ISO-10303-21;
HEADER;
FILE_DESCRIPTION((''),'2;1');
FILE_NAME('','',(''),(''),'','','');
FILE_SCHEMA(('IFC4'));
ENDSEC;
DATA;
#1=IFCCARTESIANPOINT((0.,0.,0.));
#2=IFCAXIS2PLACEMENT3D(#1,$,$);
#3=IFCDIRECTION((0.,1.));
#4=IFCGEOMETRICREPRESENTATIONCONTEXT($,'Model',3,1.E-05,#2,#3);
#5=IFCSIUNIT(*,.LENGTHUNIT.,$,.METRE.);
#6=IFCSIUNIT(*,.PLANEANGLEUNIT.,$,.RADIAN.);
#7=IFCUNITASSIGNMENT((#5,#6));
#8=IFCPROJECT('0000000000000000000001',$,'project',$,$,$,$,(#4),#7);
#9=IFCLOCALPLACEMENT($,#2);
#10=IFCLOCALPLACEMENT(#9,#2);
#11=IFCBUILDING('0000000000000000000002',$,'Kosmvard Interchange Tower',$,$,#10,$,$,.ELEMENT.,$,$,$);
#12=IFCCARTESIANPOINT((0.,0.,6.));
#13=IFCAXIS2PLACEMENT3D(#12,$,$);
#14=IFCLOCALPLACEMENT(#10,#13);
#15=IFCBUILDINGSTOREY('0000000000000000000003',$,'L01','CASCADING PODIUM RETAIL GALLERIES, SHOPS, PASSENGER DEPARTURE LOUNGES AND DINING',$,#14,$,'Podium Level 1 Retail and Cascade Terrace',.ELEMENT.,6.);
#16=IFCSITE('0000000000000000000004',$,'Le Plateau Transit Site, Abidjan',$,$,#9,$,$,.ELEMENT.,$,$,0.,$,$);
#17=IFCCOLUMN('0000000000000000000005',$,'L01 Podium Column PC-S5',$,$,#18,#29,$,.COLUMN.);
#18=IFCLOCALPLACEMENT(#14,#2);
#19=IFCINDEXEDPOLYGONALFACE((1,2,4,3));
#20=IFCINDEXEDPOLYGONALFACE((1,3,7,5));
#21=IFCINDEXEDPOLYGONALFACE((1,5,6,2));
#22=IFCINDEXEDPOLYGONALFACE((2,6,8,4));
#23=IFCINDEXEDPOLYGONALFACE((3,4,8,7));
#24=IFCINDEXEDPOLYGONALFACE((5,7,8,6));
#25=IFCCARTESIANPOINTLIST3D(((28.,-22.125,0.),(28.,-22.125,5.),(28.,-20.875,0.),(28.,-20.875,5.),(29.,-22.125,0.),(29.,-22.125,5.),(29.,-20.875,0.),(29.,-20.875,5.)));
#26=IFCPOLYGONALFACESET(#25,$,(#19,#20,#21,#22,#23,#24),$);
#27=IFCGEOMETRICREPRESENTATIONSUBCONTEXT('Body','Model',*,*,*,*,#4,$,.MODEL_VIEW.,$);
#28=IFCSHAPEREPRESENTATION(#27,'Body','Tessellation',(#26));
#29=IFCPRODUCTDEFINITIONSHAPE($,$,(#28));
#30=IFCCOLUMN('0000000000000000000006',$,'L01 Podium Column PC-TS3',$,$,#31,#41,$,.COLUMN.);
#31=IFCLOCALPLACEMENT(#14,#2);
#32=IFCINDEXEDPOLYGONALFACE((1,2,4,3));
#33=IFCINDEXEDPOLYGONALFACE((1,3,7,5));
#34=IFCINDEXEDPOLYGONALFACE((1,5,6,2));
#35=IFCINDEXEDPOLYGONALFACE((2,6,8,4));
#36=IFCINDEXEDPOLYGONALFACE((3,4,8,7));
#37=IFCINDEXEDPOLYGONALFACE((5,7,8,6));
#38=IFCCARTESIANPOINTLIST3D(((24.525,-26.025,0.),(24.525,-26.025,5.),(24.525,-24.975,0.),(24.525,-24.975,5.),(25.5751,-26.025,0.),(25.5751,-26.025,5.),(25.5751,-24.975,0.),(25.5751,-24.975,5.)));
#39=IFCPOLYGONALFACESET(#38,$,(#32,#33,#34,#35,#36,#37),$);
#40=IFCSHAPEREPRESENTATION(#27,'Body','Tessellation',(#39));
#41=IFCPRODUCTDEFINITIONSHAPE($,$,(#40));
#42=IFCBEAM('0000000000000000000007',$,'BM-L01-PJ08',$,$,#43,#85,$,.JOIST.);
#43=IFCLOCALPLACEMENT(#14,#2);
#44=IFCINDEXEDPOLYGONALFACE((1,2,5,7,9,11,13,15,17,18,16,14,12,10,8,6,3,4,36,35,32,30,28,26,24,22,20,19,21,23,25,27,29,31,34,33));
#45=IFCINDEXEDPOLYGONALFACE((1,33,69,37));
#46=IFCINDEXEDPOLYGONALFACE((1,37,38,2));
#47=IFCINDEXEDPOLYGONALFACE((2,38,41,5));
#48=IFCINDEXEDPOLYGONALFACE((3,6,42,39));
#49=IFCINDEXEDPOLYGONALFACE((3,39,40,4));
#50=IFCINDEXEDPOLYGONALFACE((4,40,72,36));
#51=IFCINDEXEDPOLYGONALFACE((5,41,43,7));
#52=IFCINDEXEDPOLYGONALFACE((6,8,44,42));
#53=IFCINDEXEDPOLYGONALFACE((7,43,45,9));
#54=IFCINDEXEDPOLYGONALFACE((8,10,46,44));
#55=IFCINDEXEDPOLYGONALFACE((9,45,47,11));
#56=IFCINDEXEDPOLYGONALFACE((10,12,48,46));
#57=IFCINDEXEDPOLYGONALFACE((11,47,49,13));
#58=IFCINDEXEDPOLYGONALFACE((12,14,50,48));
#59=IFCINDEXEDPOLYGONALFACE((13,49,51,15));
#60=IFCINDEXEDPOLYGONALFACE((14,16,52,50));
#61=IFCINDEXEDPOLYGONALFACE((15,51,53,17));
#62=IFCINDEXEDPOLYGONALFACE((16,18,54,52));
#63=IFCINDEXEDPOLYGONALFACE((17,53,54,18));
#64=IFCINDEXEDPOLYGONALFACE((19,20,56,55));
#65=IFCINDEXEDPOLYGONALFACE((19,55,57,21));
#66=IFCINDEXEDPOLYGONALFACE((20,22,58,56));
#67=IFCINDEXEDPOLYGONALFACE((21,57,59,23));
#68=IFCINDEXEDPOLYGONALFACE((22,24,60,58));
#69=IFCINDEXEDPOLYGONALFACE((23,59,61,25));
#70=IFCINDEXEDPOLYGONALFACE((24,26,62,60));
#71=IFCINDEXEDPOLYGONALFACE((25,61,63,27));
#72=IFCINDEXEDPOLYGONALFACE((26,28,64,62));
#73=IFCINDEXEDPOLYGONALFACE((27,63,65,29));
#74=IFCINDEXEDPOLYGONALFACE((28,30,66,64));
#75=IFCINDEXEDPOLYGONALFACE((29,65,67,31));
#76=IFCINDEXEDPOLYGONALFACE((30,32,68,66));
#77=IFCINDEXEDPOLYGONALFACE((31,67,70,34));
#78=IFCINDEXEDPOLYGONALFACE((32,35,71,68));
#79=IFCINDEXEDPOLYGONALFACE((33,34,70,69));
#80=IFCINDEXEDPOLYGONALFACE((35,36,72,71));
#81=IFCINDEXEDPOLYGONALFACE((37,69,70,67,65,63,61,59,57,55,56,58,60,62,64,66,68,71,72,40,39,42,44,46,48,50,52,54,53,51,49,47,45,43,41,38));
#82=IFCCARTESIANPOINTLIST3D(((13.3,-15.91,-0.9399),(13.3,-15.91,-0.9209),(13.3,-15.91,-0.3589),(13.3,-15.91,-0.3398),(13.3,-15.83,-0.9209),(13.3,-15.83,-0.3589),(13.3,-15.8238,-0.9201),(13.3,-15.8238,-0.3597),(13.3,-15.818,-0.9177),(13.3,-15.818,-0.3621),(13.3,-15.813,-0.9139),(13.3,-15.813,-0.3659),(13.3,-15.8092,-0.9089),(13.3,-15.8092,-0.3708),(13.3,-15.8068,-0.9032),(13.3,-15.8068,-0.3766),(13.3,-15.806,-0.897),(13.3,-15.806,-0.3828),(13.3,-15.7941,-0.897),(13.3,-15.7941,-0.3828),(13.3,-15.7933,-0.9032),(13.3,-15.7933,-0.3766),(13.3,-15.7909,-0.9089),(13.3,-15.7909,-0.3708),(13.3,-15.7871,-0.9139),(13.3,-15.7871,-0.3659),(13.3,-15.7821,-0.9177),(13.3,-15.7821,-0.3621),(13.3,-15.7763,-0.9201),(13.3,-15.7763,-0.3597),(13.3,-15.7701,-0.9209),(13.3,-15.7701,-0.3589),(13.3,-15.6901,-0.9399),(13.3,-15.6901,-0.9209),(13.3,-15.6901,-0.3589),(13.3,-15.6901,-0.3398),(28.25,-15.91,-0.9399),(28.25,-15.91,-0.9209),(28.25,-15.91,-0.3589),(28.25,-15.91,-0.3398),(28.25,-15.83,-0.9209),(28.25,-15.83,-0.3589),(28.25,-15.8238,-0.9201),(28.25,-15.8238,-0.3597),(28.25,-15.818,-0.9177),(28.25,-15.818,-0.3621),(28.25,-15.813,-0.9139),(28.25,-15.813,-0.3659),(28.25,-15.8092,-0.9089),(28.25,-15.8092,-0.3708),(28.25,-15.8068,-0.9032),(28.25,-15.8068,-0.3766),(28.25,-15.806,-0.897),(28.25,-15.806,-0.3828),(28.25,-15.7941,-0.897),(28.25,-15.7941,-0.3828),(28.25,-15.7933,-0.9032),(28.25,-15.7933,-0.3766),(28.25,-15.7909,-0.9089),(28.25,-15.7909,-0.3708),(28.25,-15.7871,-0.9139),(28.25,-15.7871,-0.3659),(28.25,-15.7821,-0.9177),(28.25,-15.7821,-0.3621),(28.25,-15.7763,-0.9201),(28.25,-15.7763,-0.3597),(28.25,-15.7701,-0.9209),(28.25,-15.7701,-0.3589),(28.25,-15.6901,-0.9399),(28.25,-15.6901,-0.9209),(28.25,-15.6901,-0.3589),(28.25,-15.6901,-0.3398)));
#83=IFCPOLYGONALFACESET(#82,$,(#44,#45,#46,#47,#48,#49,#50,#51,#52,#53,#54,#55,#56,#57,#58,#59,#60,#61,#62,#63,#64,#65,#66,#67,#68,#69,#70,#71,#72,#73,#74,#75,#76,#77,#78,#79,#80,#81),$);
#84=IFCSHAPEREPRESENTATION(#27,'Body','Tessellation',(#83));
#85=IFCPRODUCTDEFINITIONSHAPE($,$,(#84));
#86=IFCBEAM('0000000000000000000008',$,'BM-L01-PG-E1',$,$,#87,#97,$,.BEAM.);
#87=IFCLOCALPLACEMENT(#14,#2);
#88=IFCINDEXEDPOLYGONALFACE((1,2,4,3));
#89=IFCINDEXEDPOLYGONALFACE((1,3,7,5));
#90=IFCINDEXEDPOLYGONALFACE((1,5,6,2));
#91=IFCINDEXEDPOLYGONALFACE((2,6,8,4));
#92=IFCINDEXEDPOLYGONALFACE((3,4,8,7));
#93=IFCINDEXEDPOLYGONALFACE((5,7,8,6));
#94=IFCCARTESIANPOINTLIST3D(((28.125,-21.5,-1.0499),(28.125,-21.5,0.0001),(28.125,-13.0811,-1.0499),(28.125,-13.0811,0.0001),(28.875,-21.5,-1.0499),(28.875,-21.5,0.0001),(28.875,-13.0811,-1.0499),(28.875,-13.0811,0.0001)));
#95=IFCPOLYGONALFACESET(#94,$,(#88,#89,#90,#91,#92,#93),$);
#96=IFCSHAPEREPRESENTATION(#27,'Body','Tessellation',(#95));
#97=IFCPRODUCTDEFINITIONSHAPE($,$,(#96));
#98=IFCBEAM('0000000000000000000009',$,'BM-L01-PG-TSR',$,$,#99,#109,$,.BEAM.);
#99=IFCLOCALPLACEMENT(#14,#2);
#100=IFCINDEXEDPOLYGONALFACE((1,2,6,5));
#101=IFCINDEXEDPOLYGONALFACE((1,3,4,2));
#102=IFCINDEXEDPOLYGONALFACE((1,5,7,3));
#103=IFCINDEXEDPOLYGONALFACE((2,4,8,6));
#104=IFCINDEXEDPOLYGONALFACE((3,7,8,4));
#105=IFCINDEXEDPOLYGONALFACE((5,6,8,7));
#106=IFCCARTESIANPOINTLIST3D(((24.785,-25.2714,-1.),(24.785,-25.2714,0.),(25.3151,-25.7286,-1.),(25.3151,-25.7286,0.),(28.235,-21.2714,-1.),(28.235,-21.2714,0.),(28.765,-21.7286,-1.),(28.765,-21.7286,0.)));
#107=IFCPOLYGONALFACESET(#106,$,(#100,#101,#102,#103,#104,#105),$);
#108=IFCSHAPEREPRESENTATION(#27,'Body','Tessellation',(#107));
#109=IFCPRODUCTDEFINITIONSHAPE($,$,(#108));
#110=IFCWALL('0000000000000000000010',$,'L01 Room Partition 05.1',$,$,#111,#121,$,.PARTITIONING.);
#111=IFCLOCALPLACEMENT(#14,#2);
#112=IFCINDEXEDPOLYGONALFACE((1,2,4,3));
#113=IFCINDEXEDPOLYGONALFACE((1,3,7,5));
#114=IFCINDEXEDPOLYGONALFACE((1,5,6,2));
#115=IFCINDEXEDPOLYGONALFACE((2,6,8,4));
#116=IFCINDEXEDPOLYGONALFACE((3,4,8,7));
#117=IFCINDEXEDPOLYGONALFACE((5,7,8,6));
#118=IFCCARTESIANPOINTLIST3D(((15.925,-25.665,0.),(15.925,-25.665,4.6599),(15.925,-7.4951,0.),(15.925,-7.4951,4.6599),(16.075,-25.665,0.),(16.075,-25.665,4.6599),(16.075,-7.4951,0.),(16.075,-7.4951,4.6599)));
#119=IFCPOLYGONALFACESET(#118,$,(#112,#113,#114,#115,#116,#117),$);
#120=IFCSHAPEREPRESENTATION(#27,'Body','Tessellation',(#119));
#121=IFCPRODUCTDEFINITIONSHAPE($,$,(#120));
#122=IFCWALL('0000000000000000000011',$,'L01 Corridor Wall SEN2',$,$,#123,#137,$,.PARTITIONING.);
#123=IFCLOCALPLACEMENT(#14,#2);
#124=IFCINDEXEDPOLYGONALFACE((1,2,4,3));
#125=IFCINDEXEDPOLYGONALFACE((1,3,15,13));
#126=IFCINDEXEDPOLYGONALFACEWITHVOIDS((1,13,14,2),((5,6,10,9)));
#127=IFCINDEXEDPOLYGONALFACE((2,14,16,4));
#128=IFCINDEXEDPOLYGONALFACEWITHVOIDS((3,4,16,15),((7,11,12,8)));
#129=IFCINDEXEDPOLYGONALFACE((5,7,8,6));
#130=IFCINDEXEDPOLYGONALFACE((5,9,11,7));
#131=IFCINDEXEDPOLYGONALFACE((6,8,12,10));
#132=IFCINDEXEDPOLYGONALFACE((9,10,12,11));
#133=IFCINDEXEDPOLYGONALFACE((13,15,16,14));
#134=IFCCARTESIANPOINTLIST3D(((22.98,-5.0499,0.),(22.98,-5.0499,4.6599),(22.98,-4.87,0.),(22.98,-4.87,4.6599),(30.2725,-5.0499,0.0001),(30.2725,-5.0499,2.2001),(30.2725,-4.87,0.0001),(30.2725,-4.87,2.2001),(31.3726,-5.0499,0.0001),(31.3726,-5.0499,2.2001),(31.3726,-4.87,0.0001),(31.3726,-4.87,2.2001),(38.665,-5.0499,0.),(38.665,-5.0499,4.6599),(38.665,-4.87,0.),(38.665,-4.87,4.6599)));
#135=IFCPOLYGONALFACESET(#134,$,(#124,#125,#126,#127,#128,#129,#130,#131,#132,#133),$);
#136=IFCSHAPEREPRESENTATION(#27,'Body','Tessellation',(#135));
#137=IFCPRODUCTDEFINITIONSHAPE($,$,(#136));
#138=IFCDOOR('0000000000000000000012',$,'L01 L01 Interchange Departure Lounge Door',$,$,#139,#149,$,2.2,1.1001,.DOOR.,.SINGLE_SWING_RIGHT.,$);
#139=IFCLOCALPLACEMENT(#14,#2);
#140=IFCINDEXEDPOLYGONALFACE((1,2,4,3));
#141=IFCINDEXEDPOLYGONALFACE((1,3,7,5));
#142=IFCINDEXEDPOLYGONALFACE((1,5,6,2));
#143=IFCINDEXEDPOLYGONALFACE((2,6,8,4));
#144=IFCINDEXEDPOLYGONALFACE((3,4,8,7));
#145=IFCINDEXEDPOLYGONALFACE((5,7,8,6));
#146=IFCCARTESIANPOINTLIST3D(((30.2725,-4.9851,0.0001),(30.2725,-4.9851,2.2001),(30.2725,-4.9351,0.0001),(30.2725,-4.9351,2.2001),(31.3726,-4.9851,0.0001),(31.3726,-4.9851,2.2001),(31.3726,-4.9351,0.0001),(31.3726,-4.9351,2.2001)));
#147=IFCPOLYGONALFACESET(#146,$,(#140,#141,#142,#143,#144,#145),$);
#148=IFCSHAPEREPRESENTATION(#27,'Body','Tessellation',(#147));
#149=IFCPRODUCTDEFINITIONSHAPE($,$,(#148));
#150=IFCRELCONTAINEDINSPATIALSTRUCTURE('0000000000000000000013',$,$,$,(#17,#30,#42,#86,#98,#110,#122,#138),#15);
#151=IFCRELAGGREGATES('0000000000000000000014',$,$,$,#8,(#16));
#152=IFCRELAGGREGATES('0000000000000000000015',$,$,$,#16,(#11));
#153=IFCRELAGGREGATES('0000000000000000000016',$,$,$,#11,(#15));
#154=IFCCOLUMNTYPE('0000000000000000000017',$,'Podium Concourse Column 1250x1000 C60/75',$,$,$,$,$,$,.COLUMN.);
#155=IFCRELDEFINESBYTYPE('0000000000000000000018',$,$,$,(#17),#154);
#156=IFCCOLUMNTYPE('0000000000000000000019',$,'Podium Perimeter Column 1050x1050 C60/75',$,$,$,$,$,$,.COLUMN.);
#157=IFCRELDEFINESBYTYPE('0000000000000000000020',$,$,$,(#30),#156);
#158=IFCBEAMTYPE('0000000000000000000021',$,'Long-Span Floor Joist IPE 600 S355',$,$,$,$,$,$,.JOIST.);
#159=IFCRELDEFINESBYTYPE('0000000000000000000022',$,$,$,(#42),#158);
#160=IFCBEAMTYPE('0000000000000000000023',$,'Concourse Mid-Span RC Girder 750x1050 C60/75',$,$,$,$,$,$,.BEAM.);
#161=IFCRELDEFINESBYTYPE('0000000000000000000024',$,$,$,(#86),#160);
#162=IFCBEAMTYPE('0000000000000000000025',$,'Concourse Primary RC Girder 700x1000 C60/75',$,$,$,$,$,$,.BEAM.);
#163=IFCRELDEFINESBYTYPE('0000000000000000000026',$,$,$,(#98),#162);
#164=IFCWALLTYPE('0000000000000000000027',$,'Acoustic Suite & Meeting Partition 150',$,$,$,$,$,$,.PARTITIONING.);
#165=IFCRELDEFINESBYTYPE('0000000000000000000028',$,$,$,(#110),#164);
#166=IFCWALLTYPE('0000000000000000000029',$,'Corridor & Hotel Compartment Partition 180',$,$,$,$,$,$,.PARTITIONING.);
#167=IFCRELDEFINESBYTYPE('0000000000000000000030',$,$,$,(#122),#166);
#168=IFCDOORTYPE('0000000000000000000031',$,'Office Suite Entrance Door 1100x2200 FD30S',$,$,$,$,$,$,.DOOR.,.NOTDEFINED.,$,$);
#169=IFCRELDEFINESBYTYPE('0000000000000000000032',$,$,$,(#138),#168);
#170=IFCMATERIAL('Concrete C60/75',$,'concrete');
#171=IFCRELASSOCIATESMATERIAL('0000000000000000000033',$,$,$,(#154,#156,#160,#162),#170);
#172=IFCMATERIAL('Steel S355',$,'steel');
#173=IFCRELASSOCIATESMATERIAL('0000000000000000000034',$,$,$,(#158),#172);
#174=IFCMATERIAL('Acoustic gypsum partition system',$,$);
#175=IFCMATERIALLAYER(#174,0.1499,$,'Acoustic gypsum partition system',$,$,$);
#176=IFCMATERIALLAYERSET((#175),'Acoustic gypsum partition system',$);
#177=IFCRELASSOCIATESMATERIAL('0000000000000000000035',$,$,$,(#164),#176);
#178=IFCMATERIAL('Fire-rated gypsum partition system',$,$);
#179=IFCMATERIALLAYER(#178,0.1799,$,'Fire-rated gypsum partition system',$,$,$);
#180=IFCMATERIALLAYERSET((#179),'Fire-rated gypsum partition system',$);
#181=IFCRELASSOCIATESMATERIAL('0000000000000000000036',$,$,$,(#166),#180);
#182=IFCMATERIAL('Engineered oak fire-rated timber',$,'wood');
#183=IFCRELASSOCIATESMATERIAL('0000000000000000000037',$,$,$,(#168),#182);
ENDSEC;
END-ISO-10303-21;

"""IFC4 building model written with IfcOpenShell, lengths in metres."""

from ifc_helpers import new_model, si_unit, direction, frame, frame_2d, origin, origin_2d, place, context, subcontext, project, spatial, rectangle, i_section, extrude, source, transform, mapped, material, layer, layer_set, material_profile, profile_set, type_object, element, fill, save


model = new_model("IFC4")

# Units and contexts
model_context = context("Model", 3, precision=1e-05, world=origin(), true_north=direction((0.0, 1.0)))
body_context = subcontext(model_context, "Body", "Model", "MODEL_VIEW")
ifc_project = project(units=[si_unit("LENGTHUNIT", "METRE"), si_unit("PLANEANGLEUNIT", "RADIAN")], contexts=[model_context])

# Site, building, storey
site_placement = place(None, origin())
site = spatial("IfcSite", under=ifc_project, at=site_placement, Name="Le Plateau Transit Site, Abidjan", CompositionType="ELEMENT", RefElevation=0.0)
building_placement = place(site_placement, origin())
building = spatial("IfcBuilding", under=site, at=building_placement, Name="Kosmvard Interchange Tower", CompositionType="ELEMENT")
storey_placement = place(building_placement, frame((0.0, 0.0, 6.0)))
storey = spatial("IfcBuildingStorey", under=building, at=storey_placement, Name="L01", Description="CASCADING PODIUM RETAIL GALLERIES, SHOPS, PASSENGER DEPARTURE LOUNGES AND DINING", LongName="Podium Level 1 Retail and Cascade Terrace", CompositionType="ELEMENT", Elevation=6.0)

# Columns
ifc_material_1 = material(Name="Concrete C60/75", Category="concrete")
ifc_material_profile_1 = material_profile(ifc_material_1, rectangle(XDim=1.0, YDim=1.25, at=origin_2d()), Name="PC 1250x1000")
ifc_profile_set_1 = profile_set([ifc_material_profile_1], Name="Concrete C60/75")
column_type_1 = type_object("IfcColumnType", Name="Podium Concourse Column 1250x1000 C60/75", PredefinedType="COLUMN", material=ifc_profile_set_1)
shared_shape_1 = source(origin(), body_context, "Body", "SweptSolid", [
    extrude(rectangle(XDim=1.0, YDim=1.25, at=origin_2d()), origin(), (0.0, 0.0, 1.0), 5.0),
])
column_1_placement = place(storey_placement, frame((28.5, -21.5, 0.0), z_axis=(0.0, 0.0, 1.0), x_axis=(1.0, 0.0, 0.0)))
element("IfcColumn", 1, at=column_1_placement, inside=storey, type_object=column_type_1, Name="L01 Podium Column PC-S5", PredefinedType="COLUMN", context=body_context, shape_type="MappedRepresentation", body=[
    mapped(shared_shape_1, transform((0.0, 0.0, 0.0), scale=1.0)),
])
ifc_material_profile_2 = material_profile(ifc_material_1, rectangle(XDim=1.05, YDim=1.05, at=origin_2d()), Name="PC 1050x1050")
ifc_profile_set_2 = profile_set([ifc_material_profile_2], Name="Concrete C60/75")
column_type_2 = type_object("IfcColumnType", Name="Podium Perimeter Column 1050x1050 C60/75", PredefinedType="COLUMN", material=ifc_profile_set_2)
shared_shape_2 = source(origin(), body_context, "Body", "SweptSolid", [
    extrude(rectangle(XDim=1.05, YDim=1.05, at=origin_2d()), origin(), (0.0, 0.0, 1.0), 5.0),
])
column_2_placement = place(storey_placement, frame((25.05, -25.5, 0.0), z_axis=(0.0, 0.0, 1.0), x_axis=(1.0, 0.0, 0.0)))
element("IfcColumn", 2, at=column_2_placement, inside=storey, type_object=column_type_2, Name="L01 Podium Column PC-TS3", PredefinedType="COLUMN", context=body_context, shape_type="MappedRepresentation", body=[
    mapped(shared_shape_2, transform((0.0, 0.0, 0.0), scale=1.0)),
])

# Beams
ifc_material_2 = material(Name="Steel S355", Category="steel")
ifc_material_profile_3 = material_profile(ifc_material_2, i_section(OverallWidth=0.22, OverallDepth=0.6001, WebThickness=0.012, FlangeThickness=0.019, FilletRadius=0.0239, at=origin_2d()), Name="IPE 600")
ifc_profile_set_3 = profile_set([ifc_material_profile_3], Name="Steel S355")
beam_type_1 = type_object("IfcBeamType", Name="Long-Span Floor Joist IPE 600 S355", PredefinedType="JOIST", material=ifc_profile_set_3)
shared_shape_3 = source(origin(), body_context, "Body", "SweptSolid", [
    extrude(i_section(OverallWidth=0.22, OverallDepth=0.6001, WebThickness=0.012, FlangeThickness=0.019, FilletRadius=0.0239, at=origin_2d()), origin(), (0.0, 0.0, 1.0), 14.95),
])
beam_1_placement = place(storey_placement, frame((13.3, -15.8, -0.6399), z_axis=(1.0, 0.0, 0.0), x_axis=(0.0, 1.0, 0.0)))
element("IfcBeam", 3, at=beam_1_placement, inside=storey, type_object=beam_type_1, Name="BM-L01-PJ08", PredefinedType="JOIST", context=body_context, shape_type="MappedRepresentation", body=[
    mapped(shared_shape_3, transform((0.0, 0.0, 0.0), scale=1.0)),
])
ifc_material_profile_4 = material_profile(ifc_material_1, rectangle(XDim=0.75, YDim=1.05, at=origin_2d()), Name="RCG 750x1050")
ifc_profile_set_4 = profile_set([ifc_material_profile_4], Name="Concrete C60/75")
beam_type_2 = type_object("IfcBeamType", Name="Concourse Mid-Span RC Girder 750x1050 C60/75", PredefinedType="BEAM", material=ifc_profile_set_4)
shared_shape_4 = source(origin(), body_context, "Body", "SweptSolid", [
    extrude(rectangle(XDim=0.75, YDim=1.05, at=origin_2d()), origin(), (0.0, 0.0, 1.0), 8.4189),
])
beam_2_placement = place(storey_placement, frame((28.5, -21.5, -0.5249), z_axis=(0.0, 1.0, 0.0), x_axis=(-1.0, 0.0, 0.0)))
element("IfcBeam", 4, at=beam_2_placement, inside=storey, type_object=beam_type_2, Name="BM-L01-PG-E1", PredefinedType="BEAM", context=body_context, shape_type="MappedRepresentation", body=[
    mapped(shared_shape_4, transform((0.0, 0.0, 0.0), scale=1.0)),
])
ifc_material_profile_5 = material_profile(ifc_material_1, rectangle(XDim=0.7, YDim=1.0, at=origin_2d()), Name="RCG 700x1000")
ifc_profile_set_5 = profile_set([ifc_material_profile_5], Name="Concrete C60/75")
beam_type_3 = type_object("IfcBeamType", Name="Concourse Primary RC Girder 700x1000 C60/75", PredefinedType="BEAM", material=ifc_profile_set_5)
shared_shape_5 = source(origin(), body_context, "Body", "SweptSolid", [
    extrude(rectangle(XDim=0.7, YDim=1.0, at=origin_2d()), origin(), (0.0, 0.0, 1.0), 5.2822),
])
beam_3_placement = place(storey_placement, frame((25.05, -25.5, -0.5), z_axis=(0.653122, 0.757253, 0.0), x_axis=(-0.757253, 0.653122, 0.0)))
element("IfcBeam", 5, at=beam_3_placement, inside=storey, type_object=beam_type_3, Name="BM-L01-PG-TSR", PredefinedType="BEAM", context=body_context, shape_type="MappedRepresentation", body=[
    mapped(shared_shape_5, transform((0.0, 0.0, 0.0), scale=1.0)),
])

# Wall
ifc_material_3 = material(Name="Acoustic gypsum partition system")
ifc_layer_1 = layer(ifc_material_3, 0.1499, Name="Acoustic gypsum partition system")
ifc_layer_set_1 = layer_set([ifc_layer_1], Name="Acoustic gypsum partition system")
wall_type_1 = type_object("IfcWallType", Name="Acoustic Suite & Meeting Partition 150", PredefinedType="PARTITIONING", material=ifc_layer_set_1)
wall_1_placement = place(storey_placement, frame((16.0, -25.665, 0.0), z_axis=(0.0, 0.0, 1.0), x_axis=(0.0, 1.0, 0.0)))
element("IfcWall", 6, at=wall_1_placement, inside=storey, type_object=wall_type_1, Name="L01 Room Partition 05.1", PredefinedType="PARTITIONING", context=body_context, shape_type="SweptSolid", body=[
    extrude(rectangle(XDim=18.1699, YDim=0.1499, at=frame_2d((9.085, 0.0))), origin(), (0.0, 0.0, 1.0), 4.6599),
])

# Wall, opening, door
ifc_material_4 = material(Name="Fire-rated gypsum partition system")
ifc_layer_2 = layer(ifc_material_4, 0.1799, Name="Fire-rated gypsum partition system")
ifc_layer_set_2 = layer_set([ifc_layer_2], Name="Fire-rated gypsum partition system")
wall_type_2 = type_object("IfcWallType", Name="Corridor & Hotel Compartment Partition 180", PredefinedType="PARTITIONING", material=ifc_layer_set_2)
wall_2_placement = place(storey_placement, frame((22.98, -4.96, 0.0), z_axis=(0.0, 0.0, 1.0), x_axis=(1.0, 0.0, 0.0)))
wall_2 = element("IfcWall", 7, at=wall_2_placement, inside=storey, type_object=wall_type_2, Name="L01 Corridor Wall SEN2", PredefinedType="PARTITIONING", context=body_context, shape_type="SweptSolid", body=[
    extrude(rectangle(XDim=15.6851, YDim=0.1799, at=frame_2d((7.8425, 0.0))), origin(), (0.0, 0.0, 1.0), 4.6599),
])
opening_1_placement = place(wall_2_placement, frame((7.2925, 0.0, 0.0)))
opening_1 = element("IfcOpeningElement", 8, at=opening_1_placement, cuts=wall_2, PredefinedType="OPENING", context=body_context, shape_type="SweptSolid", body=[
    extrude(rectangle(XDim=1.1001, YDim=2.2, at=frame_2d((0.55, 1.1001))), frame((0.0, 0.1001, 0.0), z_axis=(0.0, -1.0, 0.0), x_axis=(1.0, 0.0, 0.0)), (0.0, 0.0, 1.0), 0.2),
])
ifc_material_5 = material(Name="Engineered oak fire-rated timber", Category="wood")
door_type_1 = type_object("IfcDoorType", Name="Office Suite Entrance Door 1100x2200 FD30S", OperationType="NOTDEFINED", PredefinedType="DOOR", material=ifc_material_5)
shared_shape_6 = source(origin(), body_context, "Body", "SweptSolid", [
    extrude(rectangle(XDim=1.1001, YDim=2.2, at=frame_2d((0.55, 1.1001))), frame((0.0, 0.0249, 0.0), z_axis=(0.0, -1.0, 0.0), x_axis=(1.0, 0.0, 0.0)), (0.0, 0.0, 1.0), 0.05),
])
door_1_placement = place(opening_1_placement, origin())
door_1 = element("IfcDoor", 9, at=door_1_placement, inside=storey, type_object=door_type_1, Name="L01 L01 Interchange Departure Lounge Door", OperationType="SINGLE_SWING_RIGHT", OverallHeight=2.2, OverallWidth=1.1001, PredefinedType="DOOR", context=body_context, shape_type="MappedRepresentation", body=[
    mapped(shared_shape_6, transform((0.0, 0.0, 0.0), scale=1.0)),
])
fill(opening_1, door_1)

save(model, "model.ifc")
